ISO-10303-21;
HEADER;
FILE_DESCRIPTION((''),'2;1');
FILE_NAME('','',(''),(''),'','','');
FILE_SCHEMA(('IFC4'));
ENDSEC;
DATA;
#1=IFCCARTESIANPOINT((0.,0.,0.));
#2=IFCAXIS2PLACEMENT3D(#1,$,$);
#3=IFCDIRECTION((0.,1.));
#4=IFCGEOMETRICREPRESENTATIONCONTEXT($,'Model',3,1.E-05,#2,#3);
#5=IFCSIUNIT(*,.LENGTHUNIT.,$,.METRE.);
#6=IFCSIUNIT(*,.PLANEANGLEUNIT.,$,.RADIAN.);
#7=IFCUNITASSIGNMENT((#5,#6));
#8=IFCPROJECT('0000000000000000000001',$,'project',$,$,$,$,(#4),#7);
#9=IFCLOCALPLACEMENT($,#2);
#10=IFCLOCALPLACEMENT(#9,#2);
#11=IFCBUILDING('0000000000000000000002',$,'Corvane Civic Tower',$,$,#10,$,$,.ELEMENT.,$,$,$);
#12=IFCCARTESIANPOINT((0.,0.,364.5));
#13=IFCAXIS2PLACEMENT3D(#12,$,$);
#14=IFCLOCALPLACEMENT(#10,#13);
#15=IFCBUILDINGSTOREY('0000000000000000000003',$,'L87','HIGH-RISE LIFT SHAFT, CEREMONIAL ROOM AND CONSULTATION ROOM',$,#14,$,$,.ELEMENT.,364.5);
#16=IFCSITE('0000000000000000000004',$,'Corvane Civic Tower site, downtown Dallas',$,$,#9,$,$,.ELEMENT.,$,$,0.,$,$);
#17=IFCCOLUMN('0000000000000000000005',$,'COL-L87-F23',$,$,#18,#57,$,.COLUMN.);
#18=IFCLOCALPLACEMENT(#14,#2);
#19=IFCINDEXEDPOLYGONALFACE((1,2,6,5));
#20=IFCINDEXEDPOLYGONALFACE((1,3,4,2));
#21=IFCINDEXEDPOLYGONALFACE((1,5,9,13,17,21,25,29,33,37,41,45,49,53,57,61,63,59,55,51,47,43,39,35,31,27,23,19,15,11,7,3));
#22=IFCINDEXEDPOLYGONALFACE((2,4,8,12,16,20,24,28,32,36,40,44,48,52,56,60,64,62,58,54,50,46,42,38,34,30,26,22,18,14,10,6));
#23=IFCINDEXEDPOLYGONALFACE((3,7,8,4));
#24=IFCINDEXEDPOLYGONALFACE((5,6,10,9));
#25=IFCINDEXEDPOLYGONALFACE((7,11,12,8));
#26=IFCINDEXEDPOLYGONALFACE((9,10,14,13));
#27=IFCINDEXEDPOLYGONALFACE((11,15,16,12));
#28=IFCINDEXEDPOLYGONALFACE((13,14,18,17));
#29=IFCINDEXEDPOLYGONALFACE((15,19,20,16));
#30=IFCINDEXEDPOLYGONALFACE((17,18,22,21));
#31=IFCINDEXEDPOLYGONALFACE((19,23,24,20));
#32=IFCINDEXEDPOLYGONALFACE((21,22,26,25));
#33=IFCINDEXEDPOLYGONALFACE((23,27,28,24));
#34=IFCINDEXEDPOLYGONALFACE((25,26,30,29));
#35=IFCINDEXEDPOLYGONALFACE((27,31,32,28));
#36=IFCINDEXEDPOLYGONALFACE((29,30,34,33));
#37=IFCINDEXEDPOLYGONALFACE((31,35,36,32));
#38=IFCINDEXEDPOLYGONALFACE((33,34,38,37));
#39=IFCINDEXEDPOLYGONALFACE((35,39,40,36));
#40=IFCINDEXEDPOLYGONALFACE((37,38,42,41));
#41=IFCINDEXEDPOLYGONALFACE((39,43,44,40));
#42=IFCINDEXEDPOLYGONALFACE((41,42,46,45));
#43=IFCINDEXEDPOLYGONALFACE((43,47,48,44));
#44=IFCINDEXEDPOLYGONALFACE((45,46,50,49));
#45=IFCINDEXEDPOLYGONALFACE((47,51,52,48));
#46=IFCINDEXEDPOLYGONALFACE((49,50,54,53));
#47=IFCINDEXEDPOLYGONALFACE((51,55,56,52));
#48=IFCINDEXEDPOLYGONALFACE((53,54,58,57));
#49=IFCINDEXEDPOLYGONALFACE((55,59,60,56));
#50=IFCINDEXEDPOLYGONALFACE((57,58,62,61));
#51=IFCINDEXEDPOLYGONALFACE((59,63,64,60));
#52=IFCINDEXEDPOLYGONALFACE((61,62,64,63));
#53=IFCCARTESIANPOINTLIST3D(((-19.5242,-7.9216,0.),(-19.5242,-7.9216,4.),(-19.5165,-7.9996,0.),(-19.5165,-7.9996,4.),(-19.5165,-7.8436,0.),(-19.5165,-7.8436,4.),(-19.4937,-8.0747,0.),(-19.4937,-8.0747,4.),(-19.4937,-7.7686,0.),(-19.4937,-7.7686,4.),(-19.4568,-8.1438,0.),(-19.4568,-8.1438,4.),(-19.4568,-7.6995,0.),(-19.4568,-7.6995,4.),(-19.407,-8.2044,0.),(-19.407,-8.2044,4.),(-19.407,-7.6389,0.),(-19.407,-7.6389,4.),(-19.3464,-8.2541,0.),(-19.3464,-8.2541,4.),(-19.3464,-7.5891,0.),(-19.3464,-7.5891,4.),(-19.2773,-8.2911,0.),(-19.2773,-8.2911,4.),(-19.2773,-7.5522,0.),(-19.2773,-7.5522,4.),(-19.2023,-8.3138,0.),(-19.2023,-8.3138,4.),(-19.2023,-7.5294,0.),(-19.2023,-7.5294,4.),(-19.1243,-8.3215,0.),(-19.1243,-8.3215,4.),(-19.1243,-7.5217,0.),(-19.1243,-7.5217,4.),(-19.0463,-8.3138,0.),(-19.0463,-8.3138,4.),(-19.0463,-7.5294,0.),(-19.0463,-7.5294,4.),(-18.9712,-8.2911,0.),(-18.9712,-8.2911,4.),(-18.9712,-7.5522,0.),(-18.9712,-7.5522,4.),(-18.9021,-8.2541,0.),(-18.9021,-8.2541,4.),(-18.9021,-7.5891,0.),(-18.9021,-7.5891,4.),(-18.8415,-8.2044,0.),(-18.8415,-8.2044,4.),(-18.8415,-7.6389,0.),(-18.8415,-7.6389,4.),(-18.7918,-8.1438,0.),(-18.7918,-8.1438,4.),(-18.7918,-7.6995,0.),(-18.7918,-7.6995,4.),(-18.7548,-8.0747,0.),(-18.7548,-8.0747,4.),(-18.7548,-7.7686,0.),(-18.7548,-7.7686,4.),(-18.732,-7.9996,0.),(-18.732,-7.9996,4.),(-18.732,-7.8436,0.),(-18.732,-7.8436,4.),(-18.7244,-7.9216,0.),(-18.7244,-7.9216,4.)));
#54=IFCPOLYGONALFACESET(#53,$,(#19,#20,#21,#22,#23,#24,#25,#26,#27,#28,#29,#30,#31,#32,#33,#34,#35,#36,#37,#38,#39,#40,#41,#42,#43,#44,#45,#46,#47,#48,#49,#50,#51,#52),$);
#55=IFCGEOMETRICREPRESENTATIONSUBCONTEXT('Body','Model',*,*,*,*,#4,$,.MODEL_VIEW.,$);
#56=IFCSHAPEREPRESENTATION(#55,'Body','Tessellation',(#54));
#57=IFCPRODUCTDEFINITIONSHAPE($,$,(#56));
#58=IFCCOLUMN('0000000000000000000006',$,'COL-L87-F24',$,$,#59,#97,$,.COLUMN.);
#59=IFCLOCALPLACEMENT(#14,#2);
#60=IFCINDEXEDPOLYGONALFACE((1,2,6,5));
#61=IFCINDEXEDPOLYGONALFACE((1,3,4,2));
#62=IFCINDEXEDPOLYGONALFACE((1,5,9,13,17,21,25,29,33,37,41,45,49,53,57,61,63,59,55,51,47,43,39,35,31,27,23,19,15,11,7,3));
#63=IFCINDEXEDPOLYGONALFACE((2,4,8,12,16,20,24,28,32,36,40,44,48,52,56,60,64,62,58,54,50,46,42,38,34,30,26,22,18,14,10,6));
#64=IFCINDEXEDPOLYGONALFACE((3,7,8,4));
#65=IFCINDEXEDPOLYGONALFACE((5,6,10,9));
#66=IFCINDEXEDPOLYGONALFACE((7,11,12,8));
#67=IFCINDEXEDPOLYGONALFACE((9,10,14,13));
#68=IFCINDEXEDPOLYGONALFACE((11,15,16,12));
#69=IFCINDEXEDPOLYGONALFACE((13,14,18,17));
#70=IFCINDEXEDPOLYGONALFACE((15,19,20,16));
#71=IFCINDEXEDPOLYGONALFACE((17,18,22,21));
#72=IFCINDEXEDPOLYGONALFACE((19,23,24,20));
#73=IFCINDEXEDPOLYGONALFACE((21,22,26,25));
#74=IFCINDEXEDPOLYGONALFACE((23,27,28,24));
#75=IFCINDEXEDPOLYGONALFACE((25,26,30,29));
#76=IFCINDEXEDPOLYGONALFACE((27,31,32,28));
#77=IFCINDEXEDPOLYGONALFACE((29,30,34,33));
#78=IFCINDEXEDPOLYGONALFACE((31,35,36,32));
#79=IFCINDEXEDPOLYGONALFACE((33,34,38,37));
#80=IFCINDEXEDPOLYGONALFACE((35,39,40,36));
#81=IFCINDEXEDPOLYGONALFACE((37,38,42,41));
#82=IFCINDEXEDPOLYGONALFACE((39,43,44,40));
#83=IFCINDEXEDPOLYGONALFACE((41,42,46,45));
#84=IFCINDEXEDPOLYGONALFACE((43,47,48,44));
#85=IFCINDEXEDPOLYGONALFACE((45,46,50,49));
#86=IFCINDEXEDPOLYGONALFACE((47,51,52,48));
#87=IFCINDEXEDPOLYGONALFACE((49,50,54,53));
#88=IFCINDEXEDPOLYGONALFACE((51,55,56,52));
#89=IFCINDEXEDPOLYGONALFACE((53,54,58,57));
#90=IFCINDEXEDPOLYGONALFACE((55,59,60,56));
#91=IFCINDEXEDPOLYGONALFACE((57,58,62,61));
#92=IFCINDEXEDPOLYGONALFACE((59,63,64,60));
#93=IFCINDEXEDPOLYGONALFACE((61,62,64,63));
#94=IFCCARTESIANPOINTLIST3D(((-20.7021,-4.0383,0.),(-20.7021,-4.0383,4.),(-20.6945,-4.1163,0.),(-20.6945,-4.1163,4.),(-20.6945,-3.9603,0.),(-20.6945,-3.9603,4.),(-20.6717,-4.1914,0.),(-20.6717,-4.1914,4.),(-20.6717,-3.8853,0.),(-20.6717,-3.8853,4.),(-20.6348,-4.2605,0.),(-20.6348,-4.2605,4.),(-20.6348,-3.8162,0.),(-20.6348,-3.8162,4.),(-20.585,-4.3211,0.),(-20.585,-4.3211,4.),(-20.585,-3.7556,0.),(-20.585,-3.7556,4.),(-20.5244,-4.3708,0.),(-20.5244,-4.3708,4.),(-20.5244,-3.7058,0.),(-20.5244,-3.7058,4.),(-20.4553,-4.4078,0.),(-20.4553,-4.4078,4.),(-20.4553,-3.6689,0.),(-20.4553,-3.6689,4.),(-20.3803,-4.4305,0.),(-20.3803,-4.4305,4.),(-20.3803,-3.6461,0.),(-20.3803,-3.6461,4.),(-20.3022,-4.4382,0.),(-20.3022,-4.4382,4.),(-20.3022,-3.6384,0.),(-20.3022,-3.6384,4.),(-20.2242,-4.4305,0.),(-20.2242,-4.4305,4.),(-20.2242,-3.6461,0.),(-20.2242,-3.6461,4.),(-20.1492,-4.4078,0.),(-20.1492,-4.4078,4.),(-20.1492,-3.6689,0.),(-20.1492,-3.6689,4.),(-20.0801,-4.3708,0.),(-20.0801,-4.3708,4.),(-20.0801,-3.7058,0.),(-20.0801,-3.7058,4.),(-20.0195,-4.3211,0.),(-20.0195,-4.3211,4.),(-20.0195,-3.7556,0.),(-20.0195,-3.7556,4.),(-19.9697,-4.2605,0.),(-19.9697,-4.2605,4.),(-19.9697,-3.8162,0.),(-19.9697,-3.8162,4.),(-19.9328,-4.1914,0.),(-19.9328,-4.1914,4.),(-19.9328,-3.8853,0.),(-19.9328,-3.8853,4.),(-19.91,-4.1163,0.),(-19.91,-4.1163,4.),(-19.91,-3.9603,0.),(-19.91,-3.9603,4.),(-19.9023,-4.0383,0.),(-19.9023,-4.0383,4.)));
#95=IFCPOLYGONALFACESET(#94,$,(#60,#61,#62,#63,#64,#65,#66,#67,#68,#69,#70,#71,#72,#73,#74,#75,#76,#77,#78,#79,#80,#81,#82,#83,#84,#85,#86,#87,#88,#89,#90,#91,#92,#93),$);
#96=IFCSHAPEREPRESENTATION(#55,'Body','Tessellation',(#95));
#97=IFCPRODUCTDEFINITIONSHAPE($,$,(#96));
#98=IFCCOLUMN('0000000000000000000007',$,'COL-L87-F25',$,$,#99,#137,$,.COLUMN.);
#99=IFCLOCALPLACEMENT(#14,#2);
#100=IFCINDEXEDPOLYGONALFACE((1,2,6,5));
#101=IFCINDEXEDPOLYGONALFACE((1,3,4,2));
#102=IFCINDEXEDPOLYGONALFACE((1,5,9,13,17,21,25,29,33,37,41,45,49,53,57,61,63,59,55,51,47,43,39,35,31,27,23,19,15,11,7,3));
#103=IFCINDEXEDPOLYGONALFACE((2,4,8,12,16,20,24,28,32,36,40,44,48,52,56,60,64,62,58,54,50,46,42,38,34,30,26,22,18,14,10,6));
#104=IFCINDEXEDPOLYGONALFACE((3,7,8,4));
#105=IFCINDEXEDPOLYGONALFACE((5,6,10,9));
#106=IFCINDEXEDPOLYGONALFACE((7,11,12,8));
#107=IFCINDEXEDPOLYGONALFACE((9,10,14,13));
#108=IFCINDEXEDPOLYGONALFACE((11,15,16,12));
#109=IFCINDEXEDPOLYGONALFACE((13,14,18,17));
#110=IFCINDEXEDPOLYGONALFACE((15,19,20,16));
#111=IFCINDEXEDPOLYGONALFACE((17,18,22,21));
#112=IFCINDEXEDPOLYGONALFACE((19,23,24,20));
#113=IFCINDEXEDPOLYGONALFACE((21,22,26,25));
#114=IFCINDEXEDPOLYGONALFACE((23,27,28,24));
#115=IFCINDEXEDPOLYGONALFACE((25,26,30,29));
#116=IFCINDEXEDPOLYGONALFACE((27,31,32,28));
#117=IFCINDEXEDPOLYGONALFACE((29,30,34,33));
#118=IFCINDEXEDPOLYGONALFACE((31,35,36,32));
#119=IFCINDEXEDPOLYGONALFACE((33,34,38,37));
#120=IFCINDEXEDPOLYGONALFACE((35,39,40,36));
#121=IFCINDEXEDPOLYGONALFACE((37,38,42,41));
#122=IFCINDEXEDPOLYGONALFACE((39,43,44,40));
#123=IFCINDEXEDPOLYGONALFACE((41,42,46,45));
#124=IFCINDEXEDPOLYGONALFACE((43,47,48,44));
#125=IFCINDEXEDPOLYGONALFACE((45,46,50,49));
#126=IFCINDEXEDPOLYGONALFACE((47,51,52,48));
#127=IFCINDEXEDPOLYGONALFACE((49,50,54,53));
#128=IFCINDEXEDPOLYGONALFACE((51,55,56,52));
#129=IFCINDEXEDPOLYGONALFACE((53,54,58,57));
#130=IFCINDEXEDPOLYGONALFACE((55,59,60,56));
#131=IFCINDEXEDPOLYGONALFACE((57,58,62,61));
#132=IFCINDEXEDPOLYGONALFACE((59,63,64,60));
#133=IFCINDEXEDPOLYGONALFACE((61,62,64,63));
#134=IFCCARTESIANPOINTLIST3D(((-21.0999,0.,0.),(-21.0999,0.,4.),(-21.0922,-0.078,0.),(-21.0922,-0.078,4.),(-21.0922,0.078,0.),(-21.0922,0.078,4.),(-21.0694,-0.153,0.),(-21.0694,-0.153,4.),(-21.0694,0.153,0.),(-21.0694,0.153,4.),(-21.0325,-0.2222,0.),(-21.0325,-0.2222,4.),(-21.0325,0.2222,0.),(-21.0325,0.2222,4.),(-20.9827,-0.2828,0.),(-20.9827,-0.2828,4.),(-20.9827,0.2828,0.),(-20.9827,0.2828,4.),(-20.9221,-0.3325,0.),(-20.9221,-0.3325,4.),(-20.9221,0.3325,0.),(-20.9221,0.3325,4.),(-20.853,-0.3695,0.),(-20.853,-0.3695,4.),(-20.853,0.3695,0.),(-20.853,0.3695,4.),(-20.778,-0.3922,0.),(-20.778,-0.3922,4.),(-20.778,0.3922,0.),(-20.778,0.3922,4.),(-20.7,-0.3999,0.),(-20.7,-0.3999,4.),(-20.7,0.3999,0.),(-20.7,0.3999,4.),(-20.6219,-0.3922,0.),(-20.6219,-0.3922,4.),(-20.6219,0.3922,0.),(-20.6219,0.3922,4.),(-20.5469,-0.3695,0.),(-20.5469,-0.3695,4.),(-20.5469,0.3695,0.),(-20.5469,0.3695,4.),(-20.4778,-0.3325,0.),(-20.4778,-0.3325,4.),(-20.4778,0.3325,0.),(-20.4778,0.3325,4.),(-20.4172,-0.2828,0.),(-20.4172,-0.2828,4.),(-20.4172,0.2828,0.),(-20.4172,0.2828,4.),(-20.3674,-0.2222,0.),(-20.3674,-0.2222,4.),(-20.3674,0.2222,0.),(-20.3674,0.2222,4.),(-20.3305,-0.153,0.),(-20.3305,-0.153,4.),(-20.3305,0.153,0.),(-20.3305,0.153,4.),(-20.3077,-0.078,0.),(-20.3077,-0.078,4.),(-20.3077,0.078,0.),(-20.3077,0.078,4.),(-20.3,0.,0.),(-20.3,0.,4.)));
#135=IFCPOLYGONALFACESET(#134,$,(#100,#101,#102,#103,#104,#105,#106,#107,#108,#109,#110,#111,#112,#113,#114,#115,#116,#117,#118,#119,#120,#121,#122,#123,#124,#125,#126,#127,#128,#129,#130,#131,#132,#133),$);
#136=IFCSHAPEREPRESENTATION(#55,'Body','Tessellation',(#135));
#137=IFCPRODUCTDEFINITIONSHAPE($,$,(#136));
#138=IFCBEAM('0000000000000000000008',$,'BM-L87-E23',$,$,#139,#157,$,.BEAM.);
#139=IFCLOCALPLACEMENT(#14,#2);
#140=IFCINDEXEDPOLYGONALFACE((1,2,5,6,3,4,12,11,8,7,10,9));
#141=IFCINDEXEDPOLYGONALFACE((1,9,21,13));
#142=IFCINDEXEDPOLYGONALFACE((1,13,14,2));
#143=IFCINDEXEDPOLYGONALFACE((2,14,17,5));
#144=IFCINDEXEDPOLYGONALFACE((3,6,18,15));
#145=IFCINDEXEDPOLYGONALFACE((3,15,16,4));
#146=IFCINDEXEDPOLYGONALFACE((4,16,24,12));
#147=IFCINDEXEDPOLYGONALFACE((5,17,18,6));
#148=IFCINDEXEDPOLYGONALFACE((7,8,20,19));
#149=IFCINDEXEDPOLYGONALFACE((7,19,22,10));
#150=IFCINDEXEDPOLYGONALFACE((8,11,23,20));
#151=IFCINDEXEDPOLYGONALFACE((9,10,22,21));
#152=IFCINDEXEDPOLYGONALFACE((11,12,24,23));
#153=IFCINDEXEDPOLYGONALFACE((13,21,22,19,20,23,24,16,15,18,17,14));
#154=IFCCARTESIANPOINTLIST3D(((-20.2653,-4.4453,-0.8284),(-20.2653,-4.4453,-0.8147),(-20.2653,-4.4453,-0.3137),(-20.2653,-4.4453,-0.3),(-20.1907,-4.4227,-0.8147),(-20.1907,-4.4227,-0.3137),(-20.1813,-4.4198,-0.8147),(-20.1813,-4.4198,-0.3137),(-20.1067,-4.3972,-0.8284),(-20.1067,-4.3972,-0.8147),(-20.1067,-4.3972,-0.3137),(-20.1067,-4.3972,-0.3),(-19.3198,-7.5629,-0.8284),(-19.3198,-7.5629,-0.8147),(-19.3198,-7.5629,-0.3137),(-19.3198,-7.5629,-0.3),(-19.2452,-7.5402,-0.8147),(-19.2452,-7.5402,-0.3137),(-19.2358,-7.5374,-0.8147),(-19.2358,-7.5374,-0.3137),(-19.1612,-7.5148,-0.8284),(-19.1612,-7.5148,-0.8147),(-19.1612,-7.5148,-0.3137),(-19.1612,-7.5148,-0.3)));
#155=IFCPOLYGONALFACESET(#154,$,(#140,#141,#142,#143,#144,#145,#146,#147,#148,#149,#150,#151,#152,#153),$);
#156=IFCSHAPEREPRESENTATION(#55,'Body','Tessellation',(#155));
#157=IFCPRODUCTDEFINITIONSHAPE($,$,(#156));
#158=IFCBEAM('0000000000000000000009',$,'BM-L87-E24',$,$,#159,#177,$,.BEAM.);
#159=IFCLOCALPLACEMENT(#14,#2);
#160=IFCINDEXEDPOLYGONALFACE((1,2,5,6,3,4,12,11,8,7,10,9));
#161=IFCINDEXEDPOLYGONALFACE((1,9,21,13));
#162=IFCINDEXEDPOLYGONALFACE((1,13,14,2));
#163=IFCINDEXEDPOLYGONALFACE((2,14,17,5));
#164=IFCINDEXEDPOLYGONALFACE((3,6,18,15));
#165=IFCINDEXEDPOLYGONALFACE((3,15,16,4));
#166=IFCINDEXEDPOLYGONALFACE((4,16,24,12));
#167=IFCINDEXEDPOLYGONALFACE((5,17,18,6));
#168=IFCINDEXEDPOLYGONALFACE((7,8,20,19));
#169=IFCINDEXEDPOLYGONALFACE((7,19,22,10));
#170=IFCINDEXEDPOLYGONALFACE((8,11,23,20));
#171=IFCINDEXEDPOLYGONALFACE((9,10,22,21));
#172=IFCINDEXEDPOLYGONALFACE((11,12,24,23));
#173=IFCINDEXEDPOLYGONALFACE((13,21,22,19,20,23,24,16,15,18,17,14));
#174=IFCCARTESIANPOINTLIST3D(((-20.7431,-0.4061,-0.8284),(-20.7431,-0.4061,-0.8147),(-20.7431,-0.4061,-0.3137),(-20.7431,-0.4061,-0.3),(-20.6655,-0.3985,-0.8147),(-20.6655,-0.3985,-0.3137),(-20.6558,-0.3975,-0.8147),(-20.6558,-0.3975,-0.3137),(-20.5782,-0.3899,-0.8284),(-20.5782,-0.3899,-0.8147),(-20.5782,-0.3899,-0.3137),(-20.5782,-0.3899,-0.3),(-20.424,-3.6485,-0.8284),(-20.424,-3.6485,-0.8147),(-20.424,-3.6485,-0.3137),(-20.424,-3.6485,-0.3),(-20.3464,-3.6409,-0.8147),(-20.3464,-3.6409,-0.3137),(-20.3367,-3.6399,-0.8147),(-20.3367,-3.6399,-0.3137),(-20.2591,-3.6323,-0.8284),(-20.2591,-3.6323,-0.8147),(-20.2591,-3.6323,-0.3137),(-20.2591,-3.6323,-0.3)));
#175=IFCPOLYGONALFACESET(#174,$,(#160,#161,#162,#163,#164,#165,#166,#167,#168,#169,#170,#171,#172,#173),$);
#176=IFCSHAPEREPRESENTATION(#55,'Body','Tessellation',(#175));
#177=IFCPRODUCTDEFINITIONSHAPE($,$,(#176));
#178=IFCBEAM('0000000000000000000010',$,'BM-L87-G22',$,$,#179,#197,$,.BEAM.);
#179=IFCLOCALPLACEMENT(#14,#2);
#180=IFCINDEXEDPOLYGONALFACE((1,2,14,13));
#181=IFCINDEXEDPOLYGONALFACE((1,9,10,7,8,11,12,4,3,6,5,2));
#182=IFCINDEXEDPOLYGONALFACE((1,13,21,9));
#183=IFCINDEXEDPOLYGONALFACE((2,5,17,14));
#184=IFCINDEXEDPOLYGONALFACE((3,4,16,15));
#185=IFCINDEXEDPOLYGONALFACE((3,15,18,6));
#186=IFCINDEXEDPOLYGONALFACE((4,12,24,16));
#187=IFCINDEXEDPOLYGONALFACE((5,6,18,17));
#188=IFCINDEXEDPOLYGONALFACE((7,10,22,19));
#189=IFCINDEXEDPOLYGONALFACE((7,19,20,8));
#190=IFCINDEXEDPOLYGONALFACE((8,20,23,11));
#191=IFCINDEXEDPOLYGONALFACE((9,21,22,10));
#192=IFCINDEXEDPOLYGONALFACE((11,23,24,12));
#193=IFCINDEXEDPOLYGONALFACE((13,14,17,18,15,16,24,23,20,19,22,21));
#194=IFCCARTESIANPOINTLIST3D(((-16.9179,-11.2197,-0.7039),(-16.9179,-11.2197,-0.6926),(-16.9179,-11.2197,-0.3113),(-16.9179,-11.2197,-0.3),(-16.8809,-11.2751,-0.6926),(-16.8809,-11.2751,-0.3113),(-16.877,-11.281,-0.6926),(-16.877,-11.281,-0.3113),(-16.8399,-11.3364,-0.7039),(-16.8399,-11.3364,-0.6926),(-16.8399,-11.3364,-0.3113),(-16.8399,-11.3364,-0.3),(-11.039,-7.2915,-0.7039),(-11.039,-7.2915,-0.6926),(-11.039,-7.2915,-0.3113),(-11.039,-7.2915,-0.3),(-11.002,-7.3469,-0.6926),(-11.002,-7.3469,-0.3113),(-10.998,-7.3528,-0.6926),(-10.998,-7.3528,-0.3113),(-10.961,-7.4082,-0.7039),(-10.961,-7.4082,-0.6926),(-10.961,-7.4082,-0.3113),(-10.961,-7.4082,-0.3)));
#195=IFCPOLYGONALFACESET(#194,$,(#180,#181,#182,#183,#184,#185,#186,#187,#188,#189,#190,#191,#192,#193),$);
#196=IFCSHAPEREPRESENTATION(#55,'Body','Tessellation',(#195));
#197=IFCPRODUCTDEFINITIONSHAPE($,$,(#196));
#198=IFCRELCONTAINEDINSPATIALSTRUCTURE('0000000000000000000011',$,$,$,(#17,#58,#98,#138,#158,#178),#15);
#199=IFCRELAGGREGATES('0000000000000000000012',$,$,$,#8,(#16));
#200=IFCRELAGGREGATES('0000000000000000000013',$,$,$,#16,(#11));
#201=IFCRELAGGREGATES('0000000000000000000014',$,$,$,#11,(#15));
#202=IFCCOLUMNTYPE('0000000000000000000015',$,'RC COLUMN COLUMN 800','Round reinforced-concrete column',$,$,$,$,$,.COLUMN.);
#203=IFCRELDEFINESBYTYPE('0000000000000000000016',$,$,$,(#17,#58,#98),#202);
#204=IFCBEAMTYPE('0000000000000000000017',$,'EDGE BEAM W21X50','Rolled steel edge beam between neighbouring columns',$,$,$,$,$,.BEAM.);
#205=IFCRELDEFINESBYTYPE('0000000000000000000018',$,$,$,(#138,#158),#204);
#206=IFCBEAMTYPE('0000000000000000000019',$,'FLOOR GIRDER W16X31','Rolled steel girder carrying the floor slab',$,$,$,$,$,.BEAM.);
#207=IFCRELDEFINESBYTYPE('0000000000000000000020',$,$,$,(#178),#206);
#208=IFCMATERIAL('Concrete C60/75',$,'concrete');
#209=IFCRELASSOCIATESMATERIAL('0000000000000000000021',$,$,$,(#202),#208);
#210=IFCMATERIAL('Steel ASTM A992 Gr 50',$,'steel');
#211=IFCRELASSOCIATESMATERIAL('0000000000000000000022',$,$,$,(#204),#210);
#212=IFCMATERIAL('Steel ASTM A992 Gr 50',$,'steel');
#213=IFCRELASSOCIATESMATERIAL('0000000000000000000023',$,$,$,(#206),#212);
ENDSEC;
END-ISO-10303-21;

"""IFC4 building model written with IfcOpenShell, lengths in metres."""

from ifc_helpers import new_model, si_unit, direction, frame, origin, origin_2d, place, context, subcontext, project, spatial, circle, i_section, extrude, material, material_profile, profile_set, type_object, element, save


model = new_model("IFC4")

# Units and contexts
model_context = context("Model", 3, precision=1e-05, world=origin(), true_north=direction((0.0, 1.0)))
body_context = subcontext(model_context, "Body", "Model", "MODEL_VIEW")
ifc_project = project(units=[si_unit("LENGTHUNIT", "METRE"), si_unit("PLANEANGLEUNIT", "RADIAN")], contexts=[model_context])

# Site, building, storey
site_placement = place(None, origin())
site = spatial("IfcSite", under=ifc_project, at=site_placement, Name="Corvane Civic Tower site, downtown Dallas", CompositionType="ELEMENT", RefElevation=0.0)
building_placement = place(site_placement, origin())
building = spatial("IfcBuilding", under=site, at=building_placement, Name="Corvane Civic Tower", CompositionType="ELEMENT")
storey_placement = place(building_placement, frame((0.0, 0.0, 364.5)))
storey = spatial("IfcBuildingStorey", under=building, at=storey_placement, Name="L87", Description="HIGH-RISE LIFT SHAFT, CEREMONIAL ROOM AND CONSULTATION ROOM", CompositionType="ELEMENT", Elevation=364.5)

# Columns
ifc_material_1 = material(Name="Concrete C60/75", Category="concrete")
ifc_material_profile_1 = material_profile(ifc_material_1, circle(Radius=0.3999, at=origin_2d()), Name="COLUMN 800")
ifc_profile_set_1 = profile_set([ifc_material_profile_1], Name="Concrete C60/75")
column_type = type_object("IfcColumnType", Name="RC COLUMN COLUMN 800", Description="Round reinforced-concrete column", PredefinedType="COLUMN", material=ifc_profile_set_1)
for number, where, z_axis, x_axis, name in (
    (1, (-19.1243, -7.9216, 0.0), (0.0, 0.0, 1.0), (1.0, 0.0, 0.0), "COL-L87-F23"),
    (2, (-20.3022, -4.0383, 0.0), (0.0, 0.0, 1.0), (1.0, 0.0, 0.0), "COL-L87-F24"),
    (3, (-20.7, 0.0, 0.0), (0.0, 0.0, 1.0), (1.0, 0.0, 0.0), "COL-L87-F25"),
):
    element("IfcColumn", number, at=place(storey_placement, frame(where, z_axis=z_axis, x_axis=x_axis)), inside=storey, type_object=column_type, Name=name, PredefinedType="COLUMN", context=body_context, shape_type="SweptSolid", body=[
        extrude(circle(Radius=0.3999, at=origin_2d()), origin(), (0.0, 0.0, 1.0), 4.0),
    ])

# Beams
ifc_material_2 = material(Name="Steel ASTM A992 Gr 50", Category="steel")
ifc_material_profile_2 = material_profile(ifc_material_2, i_section(OverallWidth=0.1658, OverallDepth=0.5283, WebThickness=0.0098, FlangeThickness=0.0137, at=origin_2d()), Name="W21X50")
ifc_profile_set_2 = profile_set([ifc_material_profile_2], Name="Steel ASTM A992 Gr 50")
beam_type_1 = type_object("IfcBeamType", Name="EDGE BEAM W21X50", Description="Rolled steel edge beam between neighbouring columns", PredefinedType="BEAM", material=ifc_profile_set_2)
beam_1_placement = place(storey_placement, frame((-19.2405, -7.5388, -0.5642), z_axis=(-0.290234, 0.956956, 0.0), x_axis=(-0.956956, -0.290234, 0.0)))
element("IfcBeam", 4, at=beam_1_placement, inside=storey, type_object=beam_type_1, Name="BM-L87-E23", PredefinedType="BEAM", context=body_context, shape_type="SweptSolid", body=[
    extrude(i_section(OverallWidth=0.1658, OverallDepth=0.5283, WebThickness=0.0098, FlangeThickness=0.0137, at=origin_2d()), origin(), (0.0, 0.0, 1.0), 3.2578),
])
beam_2_placement = place(storey_placement, frame((-20.3416, -3.6404, -0.5642), z_axis=(-0.097938, 0.995193, 0.0), x_axis=(-0.995193, -0.097938, 0.0)))
element("IfcBeam", 5, at=beam_2_placement, inside=storey, type_object=beam_type_1, Name="BM-L87-E24", PredefinedType="BEAM", context=body_context, shape_type="SweptSolid", body=[
    extrude(i_section(OverallWidth=0.1658, OverallDepth=0.5283, WebThickness=0.0098, FlangeThickness=0.0137, at=origin_2d()), origin(), (0.0, 0.0, 1.0), 3.2581),
])
ifc_material_3 = material(Name="Steel ASTM A992 Gr 50", Category="steel")
ifc_material_profile_3 = material_profile(ifc_material_3, i_section(OverallWidth=0.1404, OverallDepth=0.4038, WebThickness=0.0071, FlangeThickness=0.0112, at=origin_2d()), Name="W16X31")
ifc_profile_set_3 = profile_set([ifc_material_profile_3], Name="Steel ASTM A992 Gr 50")
beam_type_2 = type_object("IfcBeamType", Name="FLOOR GIRDER W16X31", Description="Rolled steel girder carrying the floor slab", PredefinedType="BEAM", material=ifc_profile_set_3)
beam_3_placement = place(storey_placement, frame((-11.0, -7.3499, -0.502), z_axis=(-0.831465, -0.555576, 0.0), x_axis=(0.555576, -0.831465, 0.0)))
element("IfcBeam", 6, at=beam_3_placement, inside=storey, type_object=beam_type_2, Name="BM-L87-G22", PredefinedType="BEAM", context=body_context, shape_type="SweptSolid", body=[
    extrude(i_section(OverallWidth=0.1404, OverallDepth=0.4038, WebThickness=0.0071, FlangeThickness=0.0112, at=origin_2d()), origin(), (0.0, 0.0, 1.0), 7.0706),
])

save(model, "model.ifc")
